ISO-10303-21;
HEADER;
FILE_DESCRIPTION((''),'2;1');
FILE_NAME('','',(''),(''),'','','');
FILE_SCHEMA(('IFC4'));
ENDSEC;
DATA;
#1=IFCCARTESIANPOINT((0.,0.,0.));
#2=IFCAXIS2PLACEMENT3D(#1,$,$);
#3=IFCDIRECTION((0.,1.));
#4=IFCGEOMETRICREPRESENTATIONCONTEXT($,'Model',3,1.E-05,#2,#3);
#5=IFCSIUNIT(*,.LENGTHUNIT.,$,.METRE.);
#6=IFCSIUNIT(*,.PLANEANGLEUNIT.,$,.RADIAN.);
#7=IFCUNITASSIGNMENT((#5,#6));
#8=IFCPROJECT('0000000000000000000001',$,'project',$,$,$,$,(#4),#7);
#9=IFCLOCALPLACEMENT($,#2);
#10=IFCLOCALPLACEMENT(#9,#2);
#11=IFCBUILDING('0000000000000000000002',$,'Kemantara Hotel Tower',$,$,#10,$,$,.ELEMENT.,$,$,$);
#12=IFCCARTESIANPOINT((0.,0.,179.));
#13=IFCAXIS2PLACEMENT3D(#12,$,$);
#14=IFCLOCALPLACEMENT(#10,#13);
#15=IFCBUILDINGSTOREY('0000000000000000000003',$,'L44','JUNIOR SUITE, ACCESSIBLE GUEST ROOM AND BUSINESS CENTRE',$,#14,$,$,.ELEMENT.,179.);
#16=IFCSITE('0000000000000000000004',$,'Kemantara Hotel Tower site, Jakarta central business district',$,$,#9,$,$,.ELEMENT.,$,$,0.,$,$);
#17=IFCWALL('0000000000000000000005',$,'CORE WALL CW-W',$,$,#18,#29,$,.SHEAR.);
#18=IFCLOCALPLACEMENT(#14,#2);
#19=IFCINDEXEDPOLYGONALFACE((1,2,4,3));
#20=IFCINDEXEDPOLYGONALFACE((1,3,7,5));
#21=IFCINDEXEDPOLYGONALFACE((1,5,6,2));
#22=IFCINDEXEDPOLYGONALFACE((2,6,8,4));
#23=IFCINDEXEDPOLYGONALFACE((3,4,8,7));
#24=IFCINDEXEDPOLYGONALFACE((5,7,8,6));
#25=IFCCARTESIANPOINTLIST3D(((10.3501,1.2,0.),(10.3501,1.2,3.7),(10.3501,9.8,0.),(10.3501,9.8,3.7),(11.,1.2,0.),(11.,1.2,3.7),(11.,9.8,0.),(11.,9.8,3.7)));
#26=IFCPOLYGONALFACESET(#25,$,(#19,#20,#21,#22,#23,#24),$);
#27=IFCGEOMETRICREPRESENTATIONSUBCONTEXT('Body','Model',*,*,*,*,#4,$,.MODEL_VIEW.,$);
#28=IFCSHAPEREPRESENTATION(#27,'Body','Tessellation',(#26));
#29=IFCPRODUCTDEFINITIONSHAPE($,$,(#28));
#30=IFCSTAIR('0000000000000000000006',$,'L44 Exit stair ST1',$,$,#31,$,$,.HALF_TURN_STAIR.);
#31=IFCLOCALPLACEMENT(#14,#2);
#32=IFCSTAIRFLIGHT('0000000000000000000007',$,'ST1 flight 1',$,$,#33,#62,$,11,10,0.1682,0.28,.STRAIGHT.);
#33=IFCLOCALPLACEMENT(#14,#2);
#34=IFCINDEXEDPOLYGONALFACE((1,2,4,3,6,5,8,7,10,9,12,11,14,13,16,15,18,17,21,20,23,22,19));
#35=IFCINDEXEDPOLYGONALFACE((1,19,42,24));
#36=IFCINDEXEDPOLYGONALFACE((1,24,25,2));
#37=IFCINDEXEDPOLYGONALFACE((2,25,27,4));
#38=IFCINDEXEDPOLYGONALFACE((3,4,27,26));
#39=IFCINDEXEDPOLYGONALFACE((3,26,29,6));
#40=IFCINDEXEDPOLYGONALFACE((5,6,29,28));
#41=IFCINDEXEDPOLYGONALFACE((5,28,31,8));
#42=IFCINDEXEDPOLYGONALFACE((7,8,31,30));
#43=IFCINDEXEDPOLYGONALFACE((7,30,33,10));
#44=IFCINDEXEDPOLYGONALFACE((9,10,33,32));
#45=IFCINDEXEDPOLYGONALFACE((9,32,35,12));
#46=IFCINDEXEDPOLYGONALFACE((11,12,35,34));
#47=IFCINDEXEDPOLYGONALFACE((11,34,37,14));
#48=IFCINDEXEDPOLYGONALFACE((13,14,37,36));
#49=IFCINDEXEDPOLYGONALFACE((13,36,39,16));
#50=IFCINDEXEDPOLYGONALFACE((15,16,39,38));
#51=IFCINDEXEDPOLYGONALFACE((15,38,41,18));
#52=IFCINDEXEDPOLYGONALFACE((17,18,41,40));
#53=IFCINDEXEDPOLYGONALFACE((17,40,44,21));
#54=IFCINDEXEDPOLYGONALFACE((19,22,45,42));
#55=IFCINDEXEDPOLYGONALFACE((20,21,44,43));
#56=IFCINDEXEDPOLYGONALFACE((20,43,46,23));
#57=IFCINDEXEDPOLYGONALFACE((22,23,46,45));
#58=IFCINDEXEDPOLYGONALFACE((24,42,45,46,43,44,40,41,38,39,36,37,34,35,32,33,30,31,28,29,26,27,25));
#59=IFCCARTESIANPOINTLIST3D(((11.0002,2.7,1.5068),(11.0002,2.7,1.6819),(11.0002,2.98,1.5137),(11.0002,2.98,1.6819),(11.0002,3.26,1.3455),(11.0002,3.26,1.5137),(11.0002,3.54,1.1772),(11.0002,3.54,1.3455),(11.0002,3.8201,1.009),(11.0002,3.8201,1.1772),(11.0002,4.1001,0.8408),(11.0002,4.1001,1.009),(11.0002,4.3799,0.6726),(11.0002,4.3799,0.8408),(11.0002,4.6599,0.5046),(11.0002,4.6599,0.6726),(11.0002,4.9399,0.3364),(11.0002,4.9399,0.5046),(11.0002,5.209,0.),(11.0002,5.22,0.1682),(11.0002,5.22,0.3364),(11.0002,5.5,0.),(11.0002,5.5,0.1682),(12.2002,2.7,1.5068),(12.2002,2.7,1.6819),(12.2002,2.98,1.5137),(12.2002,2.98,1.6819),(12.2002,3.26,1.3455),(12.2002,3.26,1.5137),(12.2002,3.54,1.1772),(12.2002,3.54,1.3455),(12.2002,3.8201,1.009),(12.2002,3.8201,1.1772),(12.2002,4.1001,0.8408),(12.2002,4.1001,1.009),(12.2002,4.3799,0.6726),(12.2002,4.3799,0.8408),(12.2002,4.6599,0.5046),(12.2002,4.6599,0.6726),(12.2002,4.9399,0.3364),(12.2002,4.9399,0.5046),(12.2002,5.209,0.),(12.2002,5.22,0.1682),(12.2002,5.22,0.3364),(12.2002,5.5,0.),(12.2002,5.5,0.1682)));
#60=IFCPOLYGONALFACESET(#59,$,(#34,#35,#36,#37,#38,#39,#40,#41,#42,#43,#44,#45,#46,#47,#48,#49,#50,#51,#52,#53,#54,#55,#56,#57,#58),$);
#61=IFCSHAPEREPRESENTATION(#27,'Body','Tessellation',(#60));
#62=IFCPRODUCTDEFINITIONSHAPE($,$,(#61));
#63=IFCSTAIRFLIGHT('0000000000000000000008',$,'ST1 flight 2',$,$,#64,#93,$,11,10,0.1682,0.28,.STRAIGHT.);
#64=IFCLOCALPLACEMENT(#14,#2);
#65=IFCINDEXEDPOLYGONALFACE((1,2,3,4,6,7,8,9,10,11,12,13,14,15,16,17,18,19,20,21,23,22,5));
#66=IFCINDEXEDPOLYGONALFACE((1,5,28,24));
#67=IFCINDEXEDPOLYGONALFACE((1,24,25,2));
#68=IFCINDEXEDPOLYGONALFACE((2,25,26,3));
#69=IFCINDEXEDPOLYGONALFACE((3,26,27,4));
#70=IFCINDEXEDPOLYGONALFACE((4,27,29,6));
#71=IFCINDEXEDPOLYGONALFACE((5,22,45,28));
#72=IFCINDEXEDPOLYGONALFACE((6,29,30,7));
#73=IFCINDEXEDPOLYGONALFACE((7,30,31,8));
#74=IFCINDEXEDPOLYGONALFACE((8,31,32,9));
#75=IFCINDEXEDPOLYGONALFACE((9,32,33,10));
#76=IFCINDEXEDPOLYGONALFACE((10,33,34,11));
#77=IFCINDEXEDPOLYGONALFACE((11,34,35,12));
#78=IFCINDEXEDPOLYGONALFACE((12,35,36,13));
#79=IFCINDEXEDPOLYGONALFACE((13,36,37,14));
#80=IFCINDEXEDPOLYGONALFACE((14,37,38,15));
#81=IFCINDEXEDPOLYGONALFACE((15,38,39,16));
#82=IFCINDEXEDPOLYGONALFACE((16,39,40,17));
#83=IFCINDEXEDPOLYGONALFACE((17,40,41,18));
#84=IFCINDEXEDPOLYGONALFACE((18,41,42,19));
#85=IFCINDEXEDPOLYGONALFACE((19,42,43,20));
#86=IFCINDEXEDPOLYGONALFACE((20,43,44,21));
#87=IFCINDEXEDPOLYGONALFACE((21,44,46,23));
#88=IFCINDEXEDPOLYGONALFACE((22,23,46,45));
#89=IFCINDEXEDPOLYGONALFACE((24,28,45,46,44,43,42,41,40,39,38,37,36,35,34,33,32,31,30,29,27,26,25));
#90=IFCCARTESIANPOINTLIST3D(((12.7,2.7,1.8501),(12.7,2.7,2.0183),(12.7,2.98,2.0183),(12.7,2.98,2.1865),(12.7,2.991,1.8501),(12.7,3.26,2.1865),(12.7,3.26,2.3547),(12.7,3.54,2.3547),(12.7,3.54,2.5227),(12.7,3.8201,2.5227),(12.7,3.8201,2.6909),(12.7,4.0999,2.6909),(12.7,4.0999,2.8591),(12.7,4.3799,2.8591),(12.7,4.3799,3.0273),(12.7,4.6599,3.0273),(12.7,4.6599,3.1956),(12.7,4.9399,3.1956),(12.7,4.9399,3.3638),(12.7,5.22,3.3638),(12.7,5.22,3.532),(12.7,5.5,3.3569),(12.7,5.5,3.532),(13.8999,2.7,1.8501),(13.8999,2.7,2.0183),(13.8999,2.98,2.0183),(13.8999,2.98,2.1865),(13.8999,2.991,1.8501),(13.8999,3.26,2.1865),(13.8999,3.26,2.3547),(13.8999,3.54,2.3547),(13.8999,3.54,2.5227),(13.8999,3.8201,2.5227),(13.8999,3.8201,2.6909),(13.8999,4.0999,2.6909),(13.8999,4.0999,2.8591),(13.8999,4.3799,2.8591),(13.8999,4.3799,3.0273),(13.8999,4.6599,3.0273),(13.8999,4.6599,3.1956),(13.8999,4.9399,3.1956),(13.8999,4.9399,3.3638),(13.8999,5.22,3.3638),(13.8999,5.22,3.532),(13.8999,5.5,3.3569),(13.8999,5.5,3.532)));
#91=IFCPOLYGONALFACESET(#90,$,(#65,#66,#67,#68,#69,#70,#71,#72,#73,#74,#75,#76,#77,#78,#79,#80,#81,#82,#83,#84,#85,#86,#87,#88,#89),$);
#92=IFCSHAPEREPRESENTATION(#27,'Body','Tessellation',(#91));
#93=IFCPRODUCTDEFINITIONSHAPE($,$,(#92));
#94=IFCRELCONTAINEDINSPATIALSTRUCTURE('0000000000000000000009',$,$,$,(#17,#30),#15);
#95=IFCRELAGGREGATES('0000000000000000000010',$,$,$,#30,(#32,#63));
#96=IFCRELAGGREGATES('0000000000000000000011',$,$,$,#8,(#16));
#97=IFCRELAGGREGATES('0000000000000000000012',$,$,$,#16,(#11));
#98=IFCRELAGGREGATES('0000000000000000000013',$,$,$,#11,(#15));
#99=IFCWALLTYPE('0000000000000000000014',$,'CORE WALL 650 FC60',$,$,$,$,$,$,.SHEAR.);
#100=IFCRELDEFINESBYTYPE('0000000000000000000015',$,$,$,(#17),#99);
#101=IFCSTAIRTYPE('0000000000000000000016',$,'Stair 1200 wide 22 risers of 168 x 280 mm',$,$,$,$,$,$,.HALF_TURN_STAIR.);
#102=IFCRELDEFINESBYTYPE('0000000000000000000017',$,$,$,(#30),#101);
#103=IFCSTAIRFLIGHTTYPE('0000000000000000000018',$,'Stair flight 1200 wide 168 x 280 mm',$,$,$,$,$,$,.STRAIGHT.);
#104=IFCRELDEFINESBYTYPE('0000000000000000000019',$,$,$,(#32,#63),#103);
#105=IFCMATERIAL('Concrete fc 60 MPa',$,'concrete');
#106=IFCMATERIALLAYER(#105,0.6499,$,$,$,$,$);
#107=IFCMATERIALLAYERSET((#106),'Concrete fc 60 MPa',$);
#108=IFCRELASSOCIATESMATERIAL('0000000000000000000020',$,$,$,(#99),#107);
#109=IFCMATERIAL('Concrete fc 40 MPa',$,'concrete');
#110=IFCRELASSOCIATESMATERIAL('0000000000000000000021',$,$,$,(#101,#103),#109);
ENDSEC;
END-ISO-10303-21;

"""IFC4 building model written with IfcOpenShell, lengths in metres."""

from ifc_helpers import new_model, si_unit, direction, frame, frame_2d, origin, place, context, subcontext, project, spatial, polyline, rectangle, outline, extrude, material, layer, layer_set, type_object, element, aggregate, save


model = new_model("IFC4")

# Units and contexts
model_context = context("Model", 3, precision=1e-05, world=origin(), true_north=direction((0.0, 1.0)))
body_context = subcontext(model_context, "Body", "Model", "MODEL_VIEW")
ifc_project = project(units=[si_unit("LENGTHUNIT", "METRE"), si_unit("PLANEANGLEUNIT", "RADIAN")], contexts=[model_context])

# Site, building, storey
site_placement = place(None, origin())
site = spatial("IfcSite", under=ifc_project, at=site_placement, Name="Kemantara Hotel Tower site, Jakarta central business district", CompositionType="ELEMENT", RefElevation=0.0)
building_placement = place(site_placement, origin())
building = spatial("IfcBuilding", under=site, at=building_placement, Name="Kemantara Hotel Tower", CompositionType="ELEMENT")
storey_placement = place(building_placement, frame((0.0, 0.0, 179.0)))
storey = spatial("IfcBuildingStorey", under=building, at=storey_placement, Name="L44", Description="JUNIOR SUITE, ACCESSIBLE GUEST ROOM AND BUSINESS CENTRE", CompositionType="ELEMENT", Elevation=179.0)

# Shared definitions
ifc_material_1 = material(Name="Concrete fc 60 MPa", Category="concrete")

# Wall
ifc_layer_1 = layer(ifc_material_1, 0.6499)
ifc_layer_set_1 = layer_set([ifc_layer_1], Name="Concrete fc 60 MPa")
wall_type_1 = type_object("IfcWallType", Name="CORE WALL 650 FC60", PredefinedType="SHEAR", material=ifc_layer_set_1)
wall_1_placement = place(storey_placement, frame((10.675, 1.2, 0.0), z_axis=(0.0, 0.0, 1.0), x_axis=(0.0, 1.0, 0.0)))
element("IfcWall", 1, at=wall_1_placement, inside=storey, type_object=wall_type_1, Name="CORE WALL CW-W", PredefinedType="SHEAR", context=body_context, shape_type="SweptSolid", body=[
    extrude(rectangle(XDim=8.6001, YDim=0.6499, at=frame_2d((4.3, 0.0))), origin(), (0.0, 0.0, 1.0), 3.7),
])

# Stair, stair flights
ifc_material_2 = material(Name="Concrete fc 40 MPa", Category="concrete")
stair_type = type_object("IfcStairType", Name="Stair 1200 wide 22 risers of 168 x 280 mm", PredefinedType="HALF_TURN_STAIR", material=ifc_material_2)
stair_placement = place(storey_placement, origin())
stair = element("IfcStair", 2, at=stair_placement, inside=storey, type_object=stair_type, Name="L44 Exit stair ST1", PredefinedType="HALF_TURN_STAIR")
stair_flight_type = type_object("IfcStairFlightType", Name="Stair flight 1200 wide 168 x 280 mm", PredefinedType="STRAIGHT", material=ifc_material_2)
stair_flight_1_placement = place(storey_placement, frame((11.6001, 5.5, 0.0), z_axis=(0.0, 0.0, 1.0), x_axis=(0.0, -1.0, 0.0)))
stair_flight_1 = element("IfcStairFlight", 3, at=stair_flight_1_placement, type_object=stair_flight_type, Name="ST1 flight 1", NumberOfRisers=11, NumberOfTreads=10, PredefinedType="STRAIGHT", RiserHeight=0.1682, TreadLength=0.28, context=body_context, shape_type="SweptSolid", body=[
    extrude(outline(polyline([(0.0, 0.0), (0.0, 0.1682), (0.28, 0.1682), (0.28, 0.3364), (0.5601, 0.3364), (0.5601, 0.5046), (0.8401, 0.5046), (0.8401, 0.6726), (1.1201, 0.6726), (1.1201, 0.8408), (1.3999, 0.8408), (1.3999, 1.009), (1.6799, 1.009), (1.6799, 1.1772), (1.96, 1.1772), (1.96, 1.3455), (2.24, 1.3455), (2.24, 1.5137), (2.52, 1.5137), (2.52, 1.6819), (2.8, 1.6819), (2.8, 1.8501), (2.8, 1.5068), (0.291, 0.0), (0.0, 0.0)])), frame((0.0, 0.6001, 0.0), z_axis=(0.0, -1.0, 0.0), x_axis=(1.0, 0.0, 0.0)), (0.0, 0.0, 1.0), 1.2),
])
stair_flight_2_placement = place(storey_placement, frame((13.3, 2.7, 1.8501), z_axis=(0.0, 0.0, 1.0), x_axis=(0.0, 1.0, 0.0)))
stair_flight_2 = element("IfcStairFlight", 4, at=stair_flight_2_placement, type_object=stair_flight_type, Name="ST1 flight 2", NumberOfRisers=11, NumberOfTreads=10, PredefinedType="STRAIGHT", RiserHeight=0.1682, TreadLength=0.28, context=body_context, shape_type="SweptSolid", body=[
    extrude(outline(polyline([(0.0, 0.0), (0.0, 0.1682), (0.28, 0.1682), (0.28, 0.3364), (0.5601, 0.3364), (0.5601, 0.5046), (0.8401, 0.5046), (0.8401, 0.6726), (1.1201, 0.6726), (1.1201, 0.8408), (1.3999, 0.8408), (1.3999, 1.009), (1.6799, 1.009), (1.6799, 1.1772), (1.96, 1.1772), (1.96, 1.3455), (2.24, 1.3455), (2.24, 1.5137), (2.52, 1.5137), (2.52, 1.6819), (2.8, 1.6819), (2.8, 1.8501), (2.8, 1.5068), (0.291, 0.0), (0.0, 0.0)])), frame((0.0, 0.6001, 0.0), z_axis=(0.0, -1.0, 0.0), x_axis=(1.0, 0.0, 0.0)), (0.0, 0.0, 1.0), 1.2),
])
aggregate(stair, [stair_flight_1, stair_flight_2])

save(model, "model.ifc")
